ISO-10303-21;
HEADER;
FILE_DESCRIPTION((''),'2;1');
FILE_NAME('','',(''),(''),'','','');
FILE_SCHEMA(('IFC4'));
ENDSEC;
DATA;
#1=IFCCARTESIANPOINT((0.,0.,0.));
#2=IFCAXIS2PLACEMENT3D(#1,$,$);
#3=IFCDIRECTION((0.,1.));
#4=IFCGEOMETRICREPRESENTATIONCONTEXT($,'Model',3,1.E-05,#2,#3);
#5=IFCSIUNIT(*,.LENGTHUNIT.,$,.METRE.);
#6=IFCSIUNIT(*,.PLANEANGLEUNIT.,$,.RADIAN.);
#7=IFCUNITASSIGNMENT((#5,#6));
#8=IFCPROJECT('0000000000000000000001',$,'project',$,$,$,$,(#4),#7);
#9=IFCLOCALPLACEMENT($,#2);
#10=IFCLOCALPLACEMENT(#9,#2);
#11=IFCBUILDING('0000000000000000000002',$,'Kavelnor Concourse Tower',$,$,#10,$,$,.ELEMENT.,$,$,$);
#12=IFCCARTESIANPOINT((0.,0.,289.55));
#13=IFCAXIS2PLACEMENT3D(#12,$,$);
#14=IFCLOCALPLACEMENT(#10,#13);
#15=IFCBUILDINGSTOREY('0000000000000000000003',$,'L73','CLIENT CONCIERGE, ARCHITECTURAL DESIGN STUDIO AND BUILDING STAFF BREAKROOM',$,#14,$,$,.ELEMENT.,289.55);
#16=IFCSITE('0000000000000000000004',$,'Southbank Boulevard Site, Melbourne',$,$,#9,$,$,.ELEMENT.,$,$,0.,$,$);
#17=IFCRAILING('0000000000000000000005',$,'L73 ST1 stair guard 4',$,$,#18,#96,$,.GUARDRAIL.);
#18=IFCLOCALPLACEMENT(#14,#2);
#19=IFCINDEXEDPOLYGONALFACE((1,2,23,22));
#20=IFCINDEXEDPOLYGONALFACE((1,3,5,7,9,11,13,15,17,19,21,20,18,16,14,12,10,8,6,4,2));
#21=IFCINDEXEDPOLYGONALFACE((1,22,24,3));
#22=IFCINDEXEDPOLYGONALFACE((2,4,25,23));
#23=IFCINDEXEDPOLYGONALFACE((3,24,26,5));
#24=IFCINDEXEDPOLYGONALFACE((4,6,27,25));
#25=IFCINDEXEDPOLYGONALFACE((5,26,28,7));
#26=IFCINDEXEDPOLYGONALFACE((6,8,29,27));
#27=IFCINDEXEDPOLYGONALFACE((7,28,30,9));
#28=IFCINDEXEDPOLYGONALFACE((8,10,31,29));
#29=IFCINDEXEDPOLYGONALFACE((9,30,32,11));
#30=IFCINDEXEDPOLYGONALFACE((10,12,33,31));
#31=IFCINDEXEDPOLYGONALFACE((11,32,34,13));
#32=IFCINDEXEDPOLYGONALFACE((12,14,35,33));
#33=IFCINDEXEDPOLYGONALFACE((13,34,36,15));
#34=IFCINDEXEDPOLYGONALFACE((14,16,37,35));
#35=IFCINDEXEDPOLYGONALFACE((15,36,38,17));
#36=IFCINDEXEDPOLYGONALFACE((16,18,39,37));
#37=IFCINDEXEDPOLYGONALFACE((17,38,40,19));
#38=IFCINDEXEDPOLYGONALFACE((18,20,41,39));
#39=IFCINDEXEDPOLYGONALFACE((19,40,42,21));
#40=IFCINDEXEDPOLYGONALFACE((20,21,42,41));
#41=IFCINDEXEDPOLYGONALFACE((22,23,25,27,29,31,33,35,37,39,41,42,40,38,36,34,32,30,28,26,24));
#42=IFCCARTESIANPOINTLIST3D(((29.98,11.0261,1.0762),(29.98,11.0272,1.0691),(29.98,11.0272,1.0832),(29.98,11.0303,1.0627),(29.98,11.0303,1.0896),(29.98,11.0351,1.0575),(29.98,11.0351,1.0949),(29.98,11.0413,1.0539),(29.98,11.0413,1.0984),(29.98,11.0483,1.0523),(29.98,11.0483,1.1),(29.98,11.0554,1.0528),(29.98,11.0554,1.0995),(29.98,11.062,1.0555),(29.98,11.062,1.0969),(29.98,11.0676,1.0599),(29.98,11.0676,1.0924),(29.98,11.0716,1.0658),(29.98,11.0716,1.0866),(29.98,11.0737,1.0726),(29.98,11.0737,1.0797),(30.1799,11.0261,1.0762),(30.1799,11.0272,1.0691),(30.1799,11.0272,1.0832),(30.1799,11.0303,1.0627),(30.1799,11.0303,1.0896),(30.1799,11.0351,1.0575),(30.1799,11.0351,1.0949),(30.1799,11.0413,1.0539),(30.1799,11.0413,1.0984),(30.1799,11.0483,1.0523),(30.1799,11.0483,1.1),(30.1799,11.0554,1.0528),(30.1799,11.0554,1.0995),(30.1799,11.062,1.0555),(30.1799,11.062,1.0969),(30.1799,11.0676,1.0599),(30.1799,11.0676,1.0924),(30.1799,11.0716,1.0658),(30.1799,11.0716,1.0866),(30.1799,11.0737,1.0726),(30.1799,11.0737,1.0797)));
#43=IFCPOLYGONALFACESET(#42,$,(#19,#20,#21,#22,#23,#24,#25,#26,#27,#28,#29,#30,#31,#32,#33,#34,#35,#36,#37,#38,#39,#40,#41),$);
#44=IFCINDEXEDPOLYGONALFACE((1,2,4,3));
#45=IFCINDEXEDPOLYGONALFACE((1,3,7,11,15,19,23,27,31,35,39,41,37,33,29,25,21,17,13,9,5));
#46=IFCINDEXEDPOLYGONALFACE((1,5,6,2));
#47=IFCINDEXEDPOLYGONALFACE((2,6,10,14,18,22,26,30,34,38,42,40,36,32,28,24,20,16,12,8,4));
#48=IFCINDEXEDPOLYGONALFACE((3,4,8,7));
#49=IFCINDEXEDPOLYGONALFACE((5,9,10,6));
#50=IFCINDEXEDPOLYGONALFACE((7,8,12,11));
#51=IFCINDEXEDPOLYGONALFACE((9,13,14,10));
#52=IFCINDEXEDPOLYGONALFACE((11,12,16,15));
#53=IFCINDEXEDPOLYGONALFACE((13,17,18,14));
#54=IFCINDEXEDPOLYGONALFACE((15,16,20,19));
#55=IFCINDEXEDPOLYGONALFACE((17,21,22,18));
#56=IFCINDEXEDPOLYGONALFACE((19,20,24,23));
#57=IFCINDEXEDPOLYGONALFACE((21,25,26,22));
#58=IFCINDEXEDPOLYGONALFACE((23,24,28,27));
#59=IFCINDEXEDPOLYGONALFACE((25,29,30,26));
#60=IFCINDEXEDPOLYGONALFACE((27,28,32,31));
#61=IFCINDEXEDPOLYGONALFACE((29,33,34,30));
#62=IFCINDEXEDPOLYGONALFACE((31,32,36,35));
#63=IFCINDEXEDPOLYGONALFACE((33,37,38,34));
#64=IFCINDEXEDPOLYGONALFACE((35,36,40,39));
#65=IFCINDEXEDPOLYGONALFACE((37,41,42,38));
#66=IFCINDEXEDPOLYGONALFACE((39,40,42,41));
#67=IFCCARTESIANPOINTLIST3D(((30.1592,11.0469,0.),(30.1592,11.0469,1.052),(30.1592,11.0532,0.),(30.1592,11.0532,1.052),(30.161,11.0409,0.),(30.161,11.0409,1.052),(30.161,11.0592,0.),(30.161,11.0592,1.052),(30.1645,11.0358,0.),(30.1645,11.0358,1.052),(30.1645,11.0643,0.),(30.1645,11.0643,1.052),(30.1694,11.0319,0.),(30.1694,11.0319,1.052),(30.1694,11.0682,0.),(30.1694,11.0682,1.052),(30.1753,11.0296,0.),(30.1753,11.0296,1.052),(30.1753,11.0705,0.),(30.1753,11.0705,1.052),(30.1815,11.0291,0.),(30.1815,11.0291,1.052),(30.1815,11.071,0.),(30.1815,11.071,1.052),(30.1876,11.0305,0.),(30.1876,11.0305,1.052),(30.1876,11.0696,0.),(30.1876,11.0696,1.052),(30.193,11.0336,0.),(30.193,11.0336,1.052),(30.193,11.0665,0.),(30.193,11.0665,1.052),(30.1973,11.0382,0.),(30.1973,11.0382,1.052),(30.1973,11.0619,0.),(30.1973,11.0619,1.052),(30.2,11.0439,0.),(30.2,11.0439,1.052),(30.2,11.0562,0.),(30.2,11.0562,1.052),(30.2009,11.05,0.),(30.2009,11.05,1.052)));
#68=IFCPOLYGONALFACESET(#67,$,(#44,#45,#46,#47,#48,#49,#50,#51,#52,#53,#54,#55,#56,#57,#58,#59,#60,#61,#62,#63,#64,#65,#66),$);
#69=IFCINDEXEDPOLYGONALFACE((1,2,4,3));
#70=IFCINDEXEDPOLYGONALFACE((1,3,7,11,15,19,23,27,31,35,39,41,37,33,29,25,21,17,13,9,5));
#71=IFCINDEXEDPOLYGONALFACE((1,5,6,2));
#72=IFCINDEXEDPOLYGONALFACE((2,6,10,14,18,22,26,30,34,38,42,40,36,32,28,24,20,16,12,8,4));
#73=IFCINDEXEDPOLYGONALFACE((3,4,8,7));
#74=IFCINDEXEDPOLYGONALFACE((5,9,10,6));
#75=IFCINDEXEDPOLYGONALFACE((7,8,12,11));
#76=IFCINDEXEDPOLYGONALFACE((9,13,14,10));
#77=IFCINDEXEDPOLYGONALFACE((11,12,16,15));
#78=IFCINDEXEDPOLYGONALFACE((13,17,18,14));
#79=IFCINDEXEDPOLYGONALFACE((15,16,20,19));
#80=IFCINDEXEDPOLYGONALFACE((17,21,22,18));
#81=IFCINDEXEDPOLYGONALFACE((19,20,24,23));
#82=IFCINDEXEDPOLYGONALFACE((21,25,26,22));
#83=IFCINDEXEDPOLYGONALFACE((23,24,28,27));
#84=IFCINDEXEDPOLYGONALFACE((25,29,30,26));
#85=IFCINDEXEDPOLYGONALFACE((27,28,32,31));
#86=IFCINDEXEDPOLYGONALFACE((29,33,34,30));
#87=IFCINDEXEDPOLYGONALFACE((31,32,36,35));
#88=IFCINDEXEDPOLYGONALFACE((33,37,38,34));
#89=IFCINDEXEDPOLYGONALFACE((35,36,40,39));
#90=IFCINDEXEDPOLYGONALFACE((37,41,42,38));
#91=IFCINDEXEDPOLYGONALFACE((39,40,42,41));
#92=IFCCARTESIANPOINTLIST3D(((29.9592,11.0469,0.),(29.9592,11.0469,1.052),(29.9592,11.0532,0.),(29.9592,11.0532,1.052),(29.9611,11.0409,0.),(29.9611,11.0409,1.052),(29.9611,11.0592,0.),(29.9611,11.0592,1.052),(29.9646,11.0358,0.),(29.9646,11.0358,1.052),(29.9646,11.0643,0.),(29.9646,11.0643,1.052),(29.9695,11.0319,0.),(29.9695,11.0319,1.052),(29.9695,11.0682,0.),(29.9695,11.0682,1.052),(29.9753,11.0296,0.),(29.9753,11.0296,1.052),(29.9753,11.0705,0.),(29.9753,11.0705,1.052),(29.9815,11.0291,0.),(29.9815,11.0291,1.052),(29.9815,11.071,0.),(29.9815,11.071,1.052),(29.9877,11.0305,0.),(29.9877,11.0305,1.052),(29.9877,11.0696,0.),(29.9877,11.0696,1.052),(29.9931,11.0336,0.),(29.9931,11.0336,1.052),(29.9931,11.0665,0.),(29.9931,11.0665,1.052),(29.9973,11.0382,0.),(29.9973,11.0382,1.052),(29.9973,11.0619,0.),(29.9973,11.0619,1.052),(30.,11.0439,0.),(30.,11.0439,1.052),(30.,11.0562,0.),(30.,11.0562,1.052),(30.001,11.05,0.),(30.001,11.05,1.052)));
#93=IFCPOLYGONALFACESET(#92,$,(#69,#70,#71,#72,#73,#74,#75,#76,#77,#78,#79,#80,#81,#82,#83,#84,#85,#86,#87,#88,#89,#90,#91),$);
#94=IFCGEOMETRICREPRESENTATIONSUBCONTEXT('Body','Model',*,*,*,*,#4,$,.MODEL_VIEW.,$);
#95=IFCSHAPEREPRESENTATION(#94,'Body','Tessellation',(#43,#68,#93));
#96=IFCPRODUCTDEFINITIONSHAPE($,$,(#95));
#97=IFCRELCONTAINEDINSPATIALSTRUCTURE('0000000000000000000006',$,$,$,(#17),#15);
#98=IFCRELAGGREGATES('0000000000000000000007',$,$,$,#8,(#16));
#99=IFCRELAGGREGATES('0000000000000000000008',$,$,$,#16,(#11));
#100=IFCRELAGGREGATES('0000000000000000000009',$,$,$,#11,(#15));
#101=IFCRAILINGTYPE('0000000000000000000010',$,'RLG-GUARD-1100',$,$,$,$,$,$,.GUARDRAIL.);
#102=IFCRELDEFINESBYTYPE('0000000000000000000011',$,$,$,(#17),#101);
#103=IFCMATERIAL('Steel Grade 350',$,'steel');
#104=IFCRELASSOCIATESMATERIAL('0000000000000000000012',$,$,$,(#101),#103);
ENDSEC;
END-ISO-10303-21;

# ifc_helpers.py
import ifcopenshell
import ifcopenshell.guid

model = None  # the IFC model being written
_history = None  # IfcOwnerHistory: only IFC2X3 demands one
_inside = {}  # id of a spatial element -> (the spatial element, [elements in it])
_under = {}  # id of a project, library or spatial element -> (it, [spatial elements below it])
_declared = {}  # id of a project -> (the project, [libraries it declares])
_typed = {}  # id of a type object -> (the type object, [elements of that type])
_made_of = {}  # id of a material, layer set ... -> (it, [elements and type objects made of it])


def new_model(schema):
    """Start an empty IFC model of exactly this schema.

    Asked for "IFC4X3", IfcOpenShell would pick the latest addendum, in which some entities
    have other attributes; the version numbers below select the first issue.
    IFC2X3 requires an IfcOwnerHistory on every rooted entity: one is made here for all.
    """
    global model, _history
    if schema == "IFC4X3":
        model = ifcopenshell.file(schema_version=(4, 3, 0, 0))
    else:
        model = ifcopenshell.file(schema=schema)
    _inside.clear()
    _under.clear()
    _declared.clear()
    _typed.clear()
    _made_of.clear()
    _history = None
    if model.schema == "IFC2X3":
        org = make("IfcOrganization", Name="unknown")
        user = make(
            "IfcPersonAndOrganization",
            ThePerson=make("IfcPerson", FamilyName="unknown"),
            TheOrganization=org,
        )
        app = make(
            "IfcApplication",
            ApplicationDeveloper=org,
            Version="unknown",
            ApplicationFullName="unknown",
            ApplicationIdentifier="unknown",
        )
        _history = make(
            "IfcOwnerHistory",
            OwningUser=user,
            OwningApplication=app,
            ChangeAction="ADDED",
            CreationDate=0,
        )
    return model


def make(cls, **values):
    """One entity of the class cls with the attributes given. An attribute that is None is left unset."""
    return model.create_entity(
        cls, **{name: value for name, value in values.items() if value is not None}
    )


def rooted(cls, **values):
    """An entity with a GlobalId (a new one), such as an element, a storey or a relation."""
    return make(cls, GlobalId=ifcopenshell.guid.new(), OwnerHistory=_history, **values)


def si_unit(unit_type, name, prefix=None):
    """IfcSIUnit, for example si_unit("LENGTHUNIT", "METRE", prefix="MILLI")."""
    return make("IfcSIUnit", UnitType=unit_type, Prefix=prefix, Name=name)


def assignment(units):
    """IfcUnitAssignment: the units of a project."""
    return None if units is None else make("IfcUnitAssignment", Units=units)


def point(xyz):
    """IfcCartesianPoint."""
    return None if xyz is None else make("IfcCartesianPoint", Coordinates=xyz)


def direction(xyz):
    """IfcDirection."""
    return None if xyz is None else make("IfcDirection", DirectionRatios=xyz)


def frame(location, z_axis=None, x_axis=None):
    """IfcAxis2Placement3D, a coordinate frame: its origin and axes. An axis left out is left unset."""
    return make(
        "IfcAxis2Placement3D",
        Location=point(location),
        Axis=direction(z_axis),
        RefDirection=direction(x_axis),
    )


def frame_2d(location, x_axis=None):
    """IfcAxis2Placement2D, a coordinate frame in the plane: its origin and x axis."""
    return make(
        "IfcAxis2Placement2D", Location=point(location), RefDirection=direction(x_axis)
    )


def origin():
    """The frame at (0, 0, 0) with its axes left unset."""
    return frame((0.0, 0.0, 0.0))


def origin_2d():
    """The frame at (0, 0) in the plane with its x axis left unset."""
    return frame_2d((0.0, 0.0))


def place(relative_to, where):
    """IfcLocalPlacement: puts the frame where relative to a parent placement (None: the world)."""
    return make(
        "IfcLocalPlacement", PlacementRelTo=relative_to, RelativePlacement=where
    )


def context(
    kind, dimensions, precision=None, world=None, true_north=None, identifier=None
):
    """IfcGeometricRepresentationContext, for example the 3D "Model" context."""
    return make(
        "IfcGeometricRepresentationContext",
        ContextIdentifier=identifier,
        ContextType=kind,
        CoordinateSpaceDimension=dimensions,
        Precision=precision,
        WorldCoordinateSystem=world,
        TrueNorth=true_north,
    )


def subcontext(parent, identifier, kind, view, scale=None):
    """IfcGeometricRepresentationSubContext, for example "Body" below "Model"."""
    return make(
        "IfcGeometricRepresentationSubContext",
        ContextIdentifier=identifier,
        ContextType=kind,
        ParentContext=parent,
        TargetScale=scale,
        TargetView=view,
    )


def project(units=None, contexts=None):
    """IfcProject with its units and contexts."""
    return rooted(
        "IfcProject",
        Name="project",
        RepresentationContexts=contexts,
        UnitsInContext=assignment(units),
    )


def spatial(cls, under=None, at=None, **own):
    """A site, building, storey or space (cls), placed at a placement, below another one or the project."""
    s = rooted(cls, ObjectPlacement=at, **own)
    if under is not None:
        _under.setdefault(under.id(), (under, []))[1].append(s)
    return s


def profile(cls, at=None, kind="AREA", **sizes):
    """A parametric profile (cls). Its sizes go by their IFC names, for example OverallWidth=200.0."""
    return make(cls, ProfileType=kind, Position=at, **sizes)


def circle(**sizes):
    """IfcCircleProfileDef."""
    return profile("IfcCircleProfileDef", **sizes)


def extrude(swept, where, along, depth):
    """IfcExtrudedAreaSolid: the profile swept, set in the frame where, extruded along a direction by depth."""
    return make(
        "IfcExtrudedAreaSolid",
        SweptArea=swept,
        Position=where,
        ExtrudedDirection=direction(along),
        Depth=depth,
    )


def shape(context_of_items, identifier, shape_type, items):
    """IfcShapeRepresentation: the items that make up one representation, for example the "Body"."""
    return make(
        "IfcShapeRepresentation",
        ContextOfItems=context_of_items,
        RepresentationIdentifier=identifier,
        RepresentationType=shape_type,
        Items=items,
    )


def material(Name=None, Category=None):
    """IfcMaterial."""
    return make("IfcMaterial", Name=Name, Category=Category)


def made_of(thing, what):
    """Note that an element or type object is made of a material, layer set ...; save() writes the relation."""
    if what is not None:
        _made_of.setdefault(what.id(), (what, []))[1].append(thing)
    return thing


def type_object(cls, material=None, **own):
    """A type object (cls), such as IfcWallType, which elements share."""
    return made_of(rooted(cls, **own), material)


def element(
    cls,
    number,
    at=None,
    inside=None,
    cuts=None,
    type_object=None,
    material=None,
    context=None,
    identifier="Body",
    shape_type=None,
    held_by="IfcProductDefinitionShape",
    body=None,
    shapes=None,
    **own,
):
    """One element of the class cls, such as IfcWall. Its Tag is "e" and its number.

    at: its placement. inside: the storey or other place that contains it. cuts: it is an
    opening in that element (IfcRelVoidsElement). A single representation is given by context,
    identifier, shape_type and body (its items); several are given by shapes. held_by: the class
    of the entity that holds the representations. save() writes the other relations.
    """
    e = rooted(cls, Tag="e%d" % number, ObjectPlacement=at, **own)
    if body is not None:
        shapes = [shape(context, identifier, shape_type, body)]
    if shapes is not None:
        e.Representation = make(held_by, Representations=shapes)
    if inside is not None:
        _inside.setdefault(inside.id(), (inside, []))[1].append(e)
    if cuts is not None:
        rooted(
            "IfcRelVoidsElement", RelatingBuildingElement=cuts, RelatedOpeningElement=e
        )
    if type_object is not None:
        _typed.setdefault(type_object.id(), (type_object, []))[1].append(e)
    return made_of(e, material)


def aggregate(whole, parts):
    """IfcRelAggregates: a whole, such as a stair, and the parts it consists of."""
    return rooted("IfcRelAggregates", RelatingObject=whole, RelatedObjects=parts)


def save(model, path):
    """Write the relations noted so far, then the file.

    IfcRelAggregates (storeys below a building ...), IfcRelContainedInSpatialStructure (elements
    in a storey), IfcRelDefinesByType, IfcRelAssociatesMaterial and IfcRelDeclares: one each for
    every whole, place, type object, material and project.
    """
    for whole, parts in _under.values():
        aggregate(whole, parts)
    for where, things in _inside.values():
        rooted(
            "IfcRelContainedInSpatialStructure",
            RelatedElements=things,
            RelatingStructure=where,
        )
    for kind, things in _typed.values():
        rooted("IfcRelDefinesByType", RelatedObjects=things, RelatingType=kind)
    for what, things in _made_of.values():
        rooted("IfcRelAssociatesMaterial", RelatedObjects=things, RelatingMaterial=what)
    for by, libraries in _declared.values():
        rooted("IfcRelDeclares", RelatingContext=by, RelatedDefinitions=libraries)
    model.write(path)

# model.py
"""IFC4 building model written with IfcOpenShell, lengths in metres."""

from ifc_helpers import new_model, si_unit, direction, frame, origin, origin_2d, place, context, subcontext, project, spatial, circle, extrude, material, type_object, element, save


model = new_model("IFC4")

# Units and contexts
model_context = context("Model", 3, precision=1e-05, world=origin(), true_north=direction((0.0, 1.0)))
body_context = subcontext(model_context, "Body", "Model", "MODEL_VIEW")
ifc_project = project(units=[si_unit("LENGTHUNIT", "METRE"), si_unit("PLANEANGLEUNIT", "RADIAN")], contexts=[model_context])

# Site, building, storey
site_placement = place(None, origin())
site = spatial("IfcSite", under=ifc_project, at=site_placement, Name="Southbank Boulevard Site, Melbourne", CompositionType="ELEMENT", RefElevation=0.0)
building_placement = place(site_placement, origin())
building = spatial("IfcBuilding", under=site, at=building_placement, Name="Kavelnor Concourse Tower", CompositionType="ELEMENT")
storey_placement = place(building_placement, frame((0.0, 0.0, 289.55)))
storey = spatial("IfcBuildingStorey", under=building, at=storey_placement, Name="L73", Description="CLIENT CONCIERGE, ARCHITECTURAL DESIGN STUDIO AND BUILDING STAFF BREAKROOM", CompositionType="ELEMENT", Elevation=289.55)

# Shared definitions
ifc_material_1 = material(Name="Steel Grade 350", Category="steel")

# Railing
railing_type_1 = type_object("IfcRailingType", Name="RLG-GUARD-1100", PredefinedType="GUARDRAIL", material=ifc_material_1)
railing_1_placement = place(storey_placement, frame((30.1799, 11.05, 0.0)))
element("IfcRailing", 1, at=railing_1_placement, inside=storey, type_object=railing_type_1, Name="L73 ST1 stair guard 4", PredefinedType="GUARDRAIL", context=body_context, shape_type="SweptSolid", body=[
    extrude(circle(Radius=0.0239, at=origin_2d()), frame((0.0, 0.0, 1.0762), z_axis=(-1.0, 0.0, 0.0), x_axis=(0.0, -1.0, 0.0)), (0.0, 0.0, 1.0), 0.2),
    extrude(circle(Radius=0.021, at=origin_2d()), origin(), (0.0, 0.0, 1.0), 1.052),
    extrude(circle(Radius=0.021, at=origin_2d()), frame((-0.2, 0.0, 0.0)), (0.0, 0.0, 1.0), 1.052),
])

save(model, "model.ifc")
